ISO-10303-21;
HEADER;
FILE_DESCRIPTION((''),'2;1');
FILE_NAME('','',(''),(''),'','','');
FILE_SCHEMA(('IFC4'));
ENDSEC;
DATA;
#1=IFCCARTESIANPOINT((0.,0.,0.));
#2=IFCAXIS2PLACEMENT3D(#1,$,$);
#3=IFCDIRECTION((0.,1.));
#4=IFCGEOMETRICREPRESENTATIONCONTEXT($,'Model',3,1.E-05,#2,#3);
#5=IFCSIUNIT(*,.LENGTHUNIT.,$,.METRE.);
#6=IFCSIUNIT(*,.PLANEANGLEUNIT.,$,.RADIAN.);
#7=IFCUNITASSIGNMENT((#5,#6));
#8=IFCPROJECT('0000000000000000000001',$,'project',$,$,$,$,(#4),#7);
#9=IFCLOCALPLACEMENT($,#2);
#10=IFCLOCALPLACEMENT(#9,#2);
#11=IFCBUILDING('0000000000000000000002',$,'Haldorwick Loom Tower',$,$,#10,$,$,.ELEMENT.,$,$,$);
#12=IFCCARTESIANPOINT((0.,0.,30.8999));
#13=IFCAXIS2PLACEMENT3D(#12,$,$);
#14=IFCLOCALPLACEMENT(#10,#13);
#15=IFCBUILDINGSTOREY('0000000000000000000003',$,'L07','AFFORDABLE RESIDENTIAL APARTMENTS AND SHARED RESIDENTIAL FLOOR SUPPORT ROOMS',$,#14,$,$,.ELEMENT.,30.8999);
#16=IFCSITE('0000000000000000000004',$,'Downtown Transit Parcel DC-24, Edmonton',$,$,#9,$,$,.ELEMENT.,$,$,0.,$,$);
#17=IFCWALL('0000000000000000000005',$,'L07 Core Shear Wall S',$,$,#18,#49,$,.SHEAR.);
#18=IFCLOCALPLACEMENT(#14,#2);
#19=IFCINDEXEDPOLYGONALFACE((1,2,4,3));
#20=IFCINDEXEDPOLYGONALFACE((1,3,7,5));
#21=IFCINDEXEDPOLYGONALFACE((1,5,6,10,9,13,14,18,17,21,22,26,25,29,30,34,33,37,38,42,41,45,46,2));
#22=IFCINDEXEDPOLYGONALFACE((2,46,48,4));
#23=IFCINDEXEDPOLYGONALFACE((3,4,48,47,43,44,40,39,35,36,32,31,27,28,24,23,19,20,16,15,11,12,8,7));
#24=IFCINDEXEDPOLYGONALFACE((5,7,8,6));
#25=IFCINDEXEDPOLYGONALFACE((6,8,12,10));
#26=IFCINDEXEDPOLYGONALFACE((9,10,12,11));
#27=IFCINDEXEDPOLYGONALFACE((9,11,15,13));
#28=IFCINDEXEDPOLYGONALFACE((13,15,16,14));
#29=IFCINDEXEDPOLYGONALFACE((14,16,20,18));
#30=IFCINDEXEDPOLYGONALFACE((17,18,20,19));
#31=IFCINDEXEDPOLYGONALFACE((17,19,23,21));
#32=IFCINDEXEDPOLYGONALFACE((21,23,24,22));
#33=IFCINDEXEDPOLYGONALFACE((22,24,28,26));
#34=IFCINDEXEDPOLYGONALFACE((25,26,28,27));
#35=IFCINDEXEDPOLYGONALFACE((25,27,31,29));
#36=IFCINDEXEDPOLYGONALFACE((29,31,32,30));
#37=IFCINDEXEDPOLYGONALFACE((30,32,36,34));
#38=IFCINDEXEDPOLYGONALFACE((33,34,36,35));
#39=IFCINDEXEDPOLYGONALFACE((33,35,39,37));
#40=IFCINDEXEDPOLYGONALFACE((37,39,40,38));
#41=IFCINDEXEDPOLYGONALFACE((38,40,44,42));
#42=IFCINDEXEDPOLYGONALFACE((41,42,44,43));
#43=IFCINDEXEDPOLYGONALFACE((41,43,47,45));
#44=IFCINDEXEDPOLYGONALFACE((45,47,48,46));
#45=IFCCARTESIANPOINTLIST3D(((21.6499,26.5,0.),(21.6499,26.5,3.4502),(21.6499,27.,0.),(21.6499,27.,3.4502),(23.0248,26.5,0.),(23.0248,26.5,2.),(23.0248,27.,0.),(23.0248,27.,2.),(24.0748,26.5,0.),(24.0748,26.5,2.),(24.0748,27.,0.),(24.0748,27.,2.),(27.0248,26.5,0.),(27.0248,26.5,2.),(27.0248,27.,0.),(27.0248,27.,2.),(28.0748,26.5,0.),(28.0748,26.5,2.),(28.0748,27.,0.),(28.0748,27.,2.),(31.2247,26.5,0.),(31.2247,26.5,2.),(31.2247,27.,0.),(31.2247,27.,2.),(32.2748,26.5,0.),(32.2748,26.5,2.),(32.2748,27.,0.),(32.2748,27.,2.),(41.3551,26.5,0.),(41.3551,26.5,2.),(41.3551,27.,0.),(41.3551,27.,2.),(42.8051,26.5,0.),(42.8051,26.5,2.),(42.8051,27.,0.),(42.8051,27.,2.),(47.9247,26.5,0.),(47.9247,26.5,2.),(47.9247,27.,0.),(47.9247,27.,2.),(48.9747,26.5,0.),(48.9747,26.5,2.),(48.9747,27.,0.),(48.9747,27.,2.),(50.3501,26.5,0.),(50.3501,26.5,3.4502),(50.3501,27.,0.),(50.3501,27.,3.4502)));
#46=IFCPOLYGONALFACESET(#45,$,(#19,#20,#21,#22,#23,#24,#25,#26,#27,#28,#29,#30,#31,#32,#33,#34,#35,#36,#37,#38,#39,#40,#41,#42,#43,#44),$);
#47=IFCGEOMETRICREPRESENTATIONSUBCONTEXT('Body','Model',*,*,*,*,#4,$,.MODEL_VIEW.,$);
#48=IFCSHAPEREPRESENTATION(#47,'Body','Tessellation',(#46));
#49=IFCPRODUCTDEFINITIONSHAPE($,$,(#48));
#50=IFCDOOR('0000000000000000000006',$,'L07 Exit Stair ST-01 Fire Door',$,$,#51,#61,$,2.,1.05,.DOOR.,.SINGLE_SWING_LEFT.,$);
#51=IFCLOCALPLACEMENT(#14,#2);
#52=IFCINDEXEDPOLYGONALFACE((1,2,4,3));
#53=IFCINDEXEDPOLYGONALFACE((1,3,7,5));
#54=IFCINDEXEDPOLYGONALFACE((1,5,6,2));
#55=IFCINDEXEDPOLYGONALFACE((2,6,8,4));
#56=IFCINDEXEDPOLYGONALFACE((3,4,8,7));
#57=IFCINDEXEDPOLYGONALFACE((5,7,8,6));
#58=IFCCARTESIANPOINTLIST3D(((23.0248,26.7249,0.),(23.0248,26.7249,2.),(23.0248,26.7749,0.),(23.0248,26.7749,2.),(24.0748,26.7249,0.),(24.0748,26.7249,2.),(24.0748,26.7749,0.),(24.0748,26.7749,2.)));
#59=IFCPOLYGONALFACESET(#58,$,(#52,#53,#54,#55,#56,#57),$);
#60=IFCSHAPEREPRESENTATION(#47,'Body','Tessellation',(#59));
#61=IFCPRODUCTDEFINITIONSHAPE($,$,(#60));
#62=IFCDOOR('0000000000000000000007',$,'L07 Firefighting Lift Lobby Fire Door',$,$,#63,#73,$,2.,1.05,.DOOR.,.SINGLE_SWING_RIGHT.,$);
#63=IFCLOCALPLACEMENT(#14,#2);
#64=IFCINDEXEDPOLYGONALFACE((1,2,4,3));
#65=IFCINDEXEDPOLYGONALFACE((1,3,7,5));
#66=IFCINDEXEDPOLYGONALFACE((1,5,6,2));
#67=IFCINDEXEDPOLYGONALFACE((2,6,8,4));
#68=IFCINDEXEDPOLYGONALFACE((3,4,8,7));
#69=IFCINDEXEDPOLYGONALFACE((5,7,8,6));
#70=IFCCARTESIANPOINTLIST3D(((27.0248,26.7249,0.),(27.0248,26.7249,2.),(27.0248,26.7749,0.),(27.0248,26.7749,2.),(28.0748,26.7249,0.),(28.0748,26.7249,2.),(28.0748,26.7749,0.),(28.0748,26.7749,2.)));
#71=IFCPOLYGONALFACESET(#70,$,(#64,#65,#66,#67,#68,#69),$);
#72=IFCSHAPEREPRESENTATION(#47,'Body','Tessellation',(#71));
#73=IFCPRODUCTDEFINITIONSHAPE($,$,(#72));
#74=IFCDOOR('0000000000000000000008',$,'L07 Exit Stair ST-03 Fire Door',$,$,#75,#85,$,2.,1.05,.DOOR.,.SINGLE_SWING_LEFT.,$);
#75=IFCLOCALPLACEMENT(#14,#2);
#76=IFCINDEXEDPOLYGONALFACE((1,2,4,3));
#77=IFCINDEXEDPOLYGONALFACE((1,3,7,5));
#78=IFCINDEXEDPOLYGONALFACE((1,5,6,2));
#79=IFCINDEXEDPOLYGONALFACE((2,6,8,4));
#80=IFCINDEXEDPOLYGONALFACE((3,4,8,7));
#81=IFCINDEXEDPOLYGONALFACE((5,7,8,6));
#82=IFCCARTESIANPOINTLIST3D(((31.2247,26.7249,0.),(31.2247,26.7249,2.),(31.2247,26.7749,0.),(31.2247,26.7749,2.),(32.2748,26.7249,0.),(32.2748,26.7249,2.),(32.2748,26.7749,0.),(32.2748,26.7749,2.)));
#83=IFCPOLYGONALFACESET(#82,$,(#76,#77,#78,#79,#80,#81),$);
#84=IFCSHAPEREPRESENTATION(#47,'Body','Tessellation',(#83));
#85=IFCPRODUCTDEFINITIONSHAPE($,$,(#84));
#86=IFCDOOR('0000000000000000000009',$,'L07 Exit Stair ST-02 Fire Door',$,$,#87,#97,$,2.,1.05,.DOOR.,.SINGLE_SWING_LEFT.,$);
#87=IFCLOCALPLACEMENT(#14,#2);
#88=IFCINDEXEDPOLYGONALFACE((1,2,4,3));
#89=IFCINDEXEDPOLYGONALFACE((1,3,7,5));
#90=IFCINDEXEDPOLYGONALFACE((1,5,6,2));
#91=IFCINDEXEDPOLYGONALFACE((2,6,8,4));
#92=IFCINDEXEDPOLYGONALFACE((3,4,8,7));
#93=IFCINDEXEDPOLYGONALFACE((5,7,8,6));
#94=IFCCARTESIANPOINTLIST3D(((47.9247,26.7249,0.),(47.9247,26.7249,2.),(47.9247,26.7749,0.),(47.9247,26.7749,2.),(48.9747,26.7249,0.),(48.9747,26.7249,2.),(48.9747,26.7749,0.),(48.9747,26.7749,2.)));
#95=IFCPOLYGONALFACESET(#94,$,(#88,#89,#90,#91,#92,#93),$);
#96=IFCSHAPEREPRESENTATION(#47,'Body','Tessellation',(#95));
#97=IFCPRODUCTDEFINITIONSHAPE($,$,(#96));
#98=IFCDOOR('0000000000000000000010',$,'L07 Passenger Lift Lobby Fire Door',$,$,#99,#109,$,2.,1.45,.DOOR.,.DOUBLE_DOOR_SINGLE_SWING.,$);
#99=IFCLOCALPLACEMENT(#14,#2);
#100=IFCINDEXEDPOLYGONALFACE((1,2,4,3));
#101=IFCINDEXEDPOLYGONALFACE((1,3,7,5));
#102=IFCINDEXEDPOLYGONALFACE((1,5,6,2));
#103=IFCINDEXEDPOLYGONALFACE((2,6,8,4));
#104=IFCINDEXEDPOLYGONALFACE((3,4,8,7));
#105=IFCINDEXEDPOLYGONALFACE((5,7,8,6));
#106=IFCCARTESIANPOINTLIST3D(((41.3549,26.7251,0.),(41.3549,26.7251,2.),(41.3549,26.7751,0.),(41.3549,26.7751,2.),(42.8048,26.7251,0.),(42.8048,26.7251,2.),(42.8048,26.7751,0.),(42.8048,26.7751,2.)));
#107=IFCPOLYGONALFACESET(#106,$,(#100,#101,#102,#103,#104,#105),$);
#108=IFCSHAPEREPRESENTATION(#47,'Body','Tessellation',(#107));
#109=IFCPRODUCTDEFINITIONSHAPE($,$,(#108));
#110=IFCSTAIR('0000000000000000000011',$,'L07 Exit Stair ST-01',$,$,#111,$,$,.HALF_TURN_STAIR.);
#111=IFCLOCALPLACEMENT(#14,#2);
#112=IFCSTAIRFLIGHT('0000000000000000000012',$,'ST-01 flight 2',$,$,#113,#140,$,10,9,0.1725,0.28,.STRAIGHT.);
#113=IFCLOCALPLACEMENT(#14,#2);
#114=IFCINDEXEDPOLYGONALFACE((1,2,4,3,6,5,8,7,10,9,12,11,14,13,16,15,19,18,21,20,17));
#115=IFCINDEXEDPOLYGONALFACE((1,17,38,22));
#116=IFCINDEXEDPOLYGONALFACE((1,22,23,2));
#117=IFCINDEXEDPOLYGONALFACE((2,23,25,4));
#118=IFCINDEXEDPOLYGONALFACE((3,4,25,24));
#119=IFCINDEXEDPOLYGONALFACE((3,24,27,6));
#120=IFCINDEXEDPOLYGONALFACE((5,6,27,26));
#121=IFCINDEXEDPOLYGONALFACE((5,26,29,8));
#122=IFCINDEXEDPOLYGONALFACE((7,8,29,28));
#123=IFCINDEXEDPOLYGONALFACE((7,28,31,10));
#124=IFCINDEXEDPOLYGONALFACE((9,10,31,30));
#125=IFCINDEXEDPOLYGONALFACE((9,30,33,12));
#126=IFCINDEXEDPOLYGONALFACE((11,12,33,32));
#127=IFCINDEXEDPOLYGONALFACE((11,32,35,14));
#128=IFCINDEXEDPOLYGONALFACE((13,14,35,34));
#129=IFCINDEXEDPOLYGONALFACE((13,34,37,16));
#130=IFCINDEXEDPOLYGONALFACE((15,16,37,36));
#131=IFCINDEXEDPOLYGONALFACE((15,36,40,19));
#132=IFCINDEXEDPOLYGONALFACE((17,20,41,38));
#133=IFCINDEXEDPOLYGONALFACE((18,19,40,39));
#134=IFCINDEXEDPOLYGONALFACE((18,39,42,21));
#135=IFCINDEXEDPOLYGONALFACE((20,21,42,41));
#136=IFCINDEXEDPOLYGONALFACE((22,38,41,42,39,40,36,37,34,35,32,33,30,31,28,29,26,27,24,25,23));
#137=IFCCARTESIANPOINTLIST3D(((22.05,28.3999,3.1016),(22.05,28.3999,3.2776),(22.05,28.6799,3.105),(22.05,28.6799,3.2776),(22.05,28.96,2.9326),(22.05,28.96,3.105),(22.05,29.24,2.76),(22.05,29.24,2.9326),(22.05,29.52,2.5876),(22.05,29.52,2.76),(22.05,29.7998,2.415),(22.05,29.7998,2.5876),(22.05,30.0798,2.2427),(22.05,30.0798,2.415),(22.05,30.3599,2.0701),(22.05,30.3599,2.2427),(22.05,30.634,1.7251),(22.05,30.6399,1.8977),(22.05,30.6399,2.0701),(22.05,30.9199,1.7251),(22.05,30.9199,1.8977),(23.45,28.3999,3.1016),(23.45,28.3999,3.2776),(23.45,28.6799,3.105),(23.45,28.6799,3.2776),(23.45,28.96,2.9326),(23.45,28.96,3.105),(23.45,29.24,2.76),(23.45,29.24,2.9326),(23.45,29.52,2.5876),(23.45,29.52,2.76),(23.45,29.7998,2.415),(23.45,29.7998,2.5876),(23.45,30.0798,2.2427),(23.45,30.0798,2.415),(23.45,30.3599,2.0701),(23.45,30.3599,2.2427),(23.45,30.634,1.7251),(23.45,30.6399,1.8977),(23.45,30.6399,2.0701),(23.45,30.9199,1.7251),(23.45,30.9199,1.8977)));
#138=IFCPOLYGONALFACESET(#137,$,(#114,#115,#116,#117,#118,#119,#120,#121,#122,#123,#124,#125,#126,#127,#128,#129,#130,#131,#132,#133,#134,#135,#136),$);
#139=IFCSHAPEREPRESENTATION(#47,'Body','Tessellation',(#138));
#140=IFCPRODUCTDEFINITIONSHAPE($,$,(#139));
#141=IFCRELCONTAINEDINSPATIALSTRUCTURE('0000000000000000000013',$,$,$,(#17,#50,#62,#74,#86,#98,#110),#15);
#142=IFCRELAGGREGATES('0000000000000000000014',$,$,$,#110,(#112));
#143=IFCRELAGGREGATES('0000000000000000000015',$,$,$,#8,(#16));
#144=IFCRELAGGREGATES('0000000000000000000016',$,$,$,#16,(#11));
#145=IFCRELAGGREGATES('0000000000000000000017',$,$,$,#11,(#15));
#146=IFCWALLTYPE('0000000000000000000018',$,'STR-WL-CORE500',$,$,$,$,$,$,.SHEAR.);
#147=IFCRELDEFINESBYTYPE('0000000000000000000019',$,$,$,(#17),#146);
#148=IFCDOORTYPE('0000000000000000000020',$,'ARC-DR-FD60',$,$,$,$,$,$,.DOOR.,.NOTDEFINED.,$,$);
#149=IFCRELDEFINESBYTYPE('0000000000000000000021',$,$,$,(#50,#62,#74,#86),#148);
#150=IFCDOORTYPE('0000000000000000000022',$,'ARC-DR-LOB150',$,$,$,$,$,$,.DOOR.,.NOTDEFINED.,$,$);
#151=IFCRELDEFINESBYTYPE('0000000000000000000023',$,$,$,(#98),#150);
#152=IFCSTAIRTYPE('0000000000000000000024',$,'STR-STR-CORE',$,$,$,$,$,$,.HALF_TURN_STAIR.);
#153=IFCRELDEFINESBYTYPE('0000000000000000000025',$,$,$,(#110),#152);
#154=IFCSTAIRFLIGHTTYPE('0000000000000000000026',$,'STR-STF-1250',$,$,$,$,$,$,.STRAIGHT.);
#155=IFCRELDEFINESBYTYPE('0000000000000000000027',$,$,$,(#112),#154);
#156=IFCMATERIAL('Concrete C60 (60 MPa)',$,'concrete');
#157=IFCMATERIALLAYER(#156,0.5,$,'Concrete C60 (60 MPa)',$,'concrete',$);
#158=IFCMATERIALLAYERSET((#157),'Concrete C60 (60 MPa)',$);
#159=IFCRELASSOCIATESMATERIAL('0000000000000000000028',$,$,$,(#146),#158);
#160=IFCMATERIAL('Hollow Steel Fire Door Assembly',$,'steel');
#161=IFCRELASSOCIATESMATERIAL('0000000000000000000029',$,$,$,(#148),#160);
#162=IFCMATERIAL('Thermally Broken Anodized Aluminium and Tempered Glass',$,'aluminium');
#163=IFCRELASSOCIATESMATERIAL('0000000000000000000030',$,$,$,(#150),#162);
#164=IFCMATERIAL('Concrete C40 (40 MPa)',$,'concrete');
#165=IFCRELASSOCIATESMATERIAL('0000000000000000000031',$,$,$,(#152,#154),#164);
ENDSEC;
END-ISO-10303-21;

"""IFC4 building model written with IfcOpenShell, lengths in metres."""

from ifc_helpers import new_model, si_unit, direction, frame, frame_2d, origin, place, context, subcontext, project, spatial, polyline, rectangle, outline, extrude, material, layer, layer_set, type_object, element, fill, aggregate, save


model = new_model("IFC4")

# Units and contexts
model_context = context("Model", 3, precision=1e-05, world=origin(), true_north=direction((0.0, 1.0)))
body_context = subcontext(model_context, "Body", "Model", "MODEL_VIEW")
ifc_project = project(units=[si_unit("LENGTHUNIT", "METRE"), si_unit("PLANEANGLEUNIT", "RADIAN")], contexts=[model_context])

# Site, building, storey
site_placement = place(None, origin())
site = spatial("IfcSite", under=ifc_project, at=site_placement, Name="Downtown Transit Parcel DC-24, Edmonton", CompositionType="ELEMENT", RefElevation=0.0)
building_placement = place(site_placement, origin())
building = spatial("IfcBuilding", under=site, at=building_placement, Name="Haldorwick Loom Tower", CompositionType="ELEMENT")
storey_placement = place(building_placement, frame((0.0, 0.0, 30.8999)))
storey = spatial("IfcBuildingStorey", under=building, at=storey_placement, Name="L07", Description="AFFORDABLE RESIDENTIAL APARTMENTS AND SHARED RESIDENTIAL FLOOR SUPPORT ROOMS", CompositionType="ELEMENT", Elevation=30.8999)

# Shared definitions
ifc_material_1 = material(Name="Concrete C60 (60 MPa)", Category="concrete")

# Wall, openings, doors
ifc_layer = layer(ifc_material_1, 0.5, Name="Concrete C60 (60 MPa)", Category="concrete")
ifc_layer_set = layer_set([ifc_layer], Name="Concrete C60 (60 MPa)")
wall_type = type_object("IfcWallType", Name="STR-WL-CORE500", PredefinedType="SHEAR", material=ifc_layer_set)
wall_placement = place(storey_placement, frame((21.6499, 26.75, 0.0), z_axis=(0.0, 0.0, 1.0), x_axis=(1.0, 0.0, 0.0)))
wall = element("IfcWall", 1, at=wall_placement, inside=storey, type_object=wall_type, Name="L07 Core Shear Wall S", PredefinedType="SHEAR", context=body_context, shape_type="SweptSolid", body=[
    extrude(rectangle(XDim=28.7002, YDim=0.5, at=frame_2d((14.3501, 0.0))), origin(), (0.0, 0.0, 1.0), 3.4502),
])
opening_1_placement = place(wall_placement, frame((1.375, 0.0, 0.0)))
opening_1 = element("IfcOpeningElement", 2, at=opening_1_placement, cuts=wall, PredefinedType="OPENING", context=body_context, shape_type="SweptSolid", body=[
    extrude(rectangle(XDim=1.05, YDim=2.0, at=frame_2d((0.5249, 1.0))), frame((0.0, 0.26, 0.0), z_axis=(0.0, -1.0, 0.0), x_axis=(1.0, 0.0, 0.0)), (0.0, 0.0, 1.0), 0.52),
])
opening_2_placement = place(wall_placement, frame((5.375, 0.0, 0.0)))
opening_2 = element("IfcOpeningElement", 3, at=opening_2_placement, cuts=wall, PredefinedType="OPENING", context=body_context, shape_type="SweptSolid", body=[
    extrude(rectangle(XDim=1.05, YDim=2.0, at=frame_2d((0.5249, 1.0))), frame((0.0, 0.26, 0.0), z_axis=(0.0, -1.0, 0.0), x_axis=(1.0, 0.0, 0.0)), (0.0, 0.0, 1.0), 0.52),
])
opening_3_placement = place(wall_placement, frame((9.575, 0.0, 0.0)))
opening_3 = element("IfcOpeningElement", 4, at=opening_3_placement, cuts=wall, PredefinedType="OPENING", context=body_context, shape_type="SweptSolid", body=[
    extrude(rectangle(XDim=1.05, YDim=2.0, at=frame_2d((0.5249, 1.0))), frame((0.0, 0.26, 0.0), z_axis=(0.0, -1.0, 0.0), x_axis=(1.0, 0.0, 0.0)), (0.0, 0.0, 1.0), 0.52),
])
opening_4_placement = place(wall_placement, frame((19.7051, 0.0, 0.0)))
opening_4 = element("IfcOpeningElement", 5, at=opening_4_placement, cuts=wall, PredefinedType="OPENING", context=body_context, shape_type="SweptSolid", body=[
    extrude(rectangle(XDim=1.45, YDim=2.0, at=frame_2d((0.7251, 1.0))), frame((0.0, 0.26, 0.0), z_axis=(0.0, -1.0, 0.0), x_axis=(1.0, 0.0, 0.0)), (0.0, 0.0, 1.0), 0.52),
])
opening_5_placement = place(wall_placement, frame((26.2749, 0.0, 0.0)))
opening_5 = element("IfcOpeningElement", 6, at=opening_5_placement, cuts=wall, PredefinedType="OPENING", context=body_context, shape_type="SweptSolid", body=[
    extrude(rectangle(XDim=1.05, YDim=2.0, at=frame_2d((0.5249, 1.0))), frame((0.0, 0.26, 0.0), z_axis=(0.0, -1.0, 0.0), x_axis=(1.0, 0.0, 0.0)), (0.0, 0.0, 1.0), 0.52),
])
ifc_material_2 = material(Name="Hollow Steel Fire Door Assembly", Category="steel")
door_type_1 = type_object("IfcDoorType", Name="ARC-DR-FD60", OperationType="NOTDEFINED", PredefinedType="DOOR", material=ifc_material_2)
door_1_placement = place(opening_1_placement, origin())
door_1 = element("IfcDoor", 7, at=door_1_placement, inside=storey, type_object=door_type_1, Name="L07 Exit Stair ST-01 Fire Door", OperationType="SINGLE_SWING_LEFT", OverallHeight=2.0, OverallWidth=1.05, PredefinedType="DOOR", context=body_context, shape_type="SweptSolid", body=[
    extrude(rectangle(XDim=1.05, YDim=2.0, at=frame_2d((0.5249, 1.0))), frame((0.0, 0.0249, 0.0), z_axis=(0.0, -1.0, 0.0), x_axis=(1.0, 0.0, 0.0)), (0.0, 0.0, 1.0), 0.05),
])
fill(opening_1, door_1)
door_2_placement = place(opening_2_placement, origin())
door_2 = element("IfcDoor", 8, at=door_2_placement, inside=storey, type_object=door_type_1, Name="L07 Firefighting Lift Lobby Fire Door", OperationType="SINGLE_SWING_RIGHT", OverallHeight=2.0, OverallWidth=1.05, PredefinedType="DOOR", context=body_context, shape_type="SweptSolid", body=[
    extrude(rectangle(XDim=1.05, YDim=2.0, at=frame_2d((0.5249, 1.0))), frame((0.0, 0.0249, 0.0), z_axis=(0.0, -1.0, 0.0), x_axis=(1.0, 0.0, 0.0)), (0.0, 0.0, 1.0), 0.05),
])
fill(opening_2, door_2)
door_3_placement = place(opening_3_placement, origin())
door_3 = element("IfcDoor", 9, at=door_3_placement, inside=storey, type_object=door_type_1, Name="L07 Exit Stair ST-03 Fire Door", OperationType="SINGLE_SWING_LEFT", OverallHeight=2.0, OverallWidth=1.05, PredefinedType="DOOR", context=body_context, shape_type="SweptSolid", body=[
    extrude(rectangle(XDim=1.05, YDim=2.0, at=frame_2d((0.5249, 1.0))), frame((0.0, 0.0249, 0.0), z_axis=(0.0, -1.0, 0.0), x_axis=(1.0, 0.0, 0.0)), (0.0, 0.0, 1.0), 0.05),
])
fill(opening_3, door_3)
door_4_placement = place(opening_5_placement, origin())
door_4 = element("IfcDoor", 10, at=door_4_placement, inside=storey, type_object=door_type_1, Name="L07 Exit Stair ST-02 Fire Door", OperationType="SINGLE_SWING_LEFT", OverallHeight=2.0, OverallWidth=1.05, PredefinedType="DOOR", context=body_context, shape_type="SweptSolid", body=[
    extrude(rectangle(XDim=1.05, YDim=2.0, at=frame_2d((0.5249, 1.0))), frame((0.0, 0.0249, 0.0), z_axis=(0.0, -1.0, 0.0), x_axis=(1.0, 0.0, 0.0)), (0.0, 0.0, 1.0), 0.05),
])
fill(opening_5, door_4)
ifc_material_3 = material(Name="Thermally Broken Anodized Aluminium and Tempered Glass", Category="aluminium")
door_type_2 = type_object("IfcDoorType", Name="ARC-DR-LOB150", OperationType="NOTDEFINED", PredefinedType="DOOR", material=ifc_material_3)
door_5_placement = place(opening_4_placement, frame((1.45, 0.0, 0.0), z_axis=(0.0, 0.0, 1.0), x_axis=(-1.0, 0.0, 0.0)))
door_5 = element("IfcDoor", 11, at=door_5_placement, inside=storey, type_object=door_type_2, Name="L07 Passenger Lift Lobby Fire Door", OperationType="DOUBLE_DOOR_SINGLE_SWING", OverallHeight=2.0, OverallWidth=1.45, PredefinedType="DOOR", context=body_context, shape_type="SweptSolid", body=[
    extrude(rectangle(XDim=1.45, YDim=2.0, at=frame_2d((0.7251, 1.0))), frame((0.0, 0.0249, 0.0), z_axis=(0.0, -1.0, 0.0), x_axis=(1.0, 0.0, 0.0)), (0.0, 0.0, 1.0), 0.05),
])
fill(opening_4, door_5)

# Stair, stair flight
ifc_material_4 = material(Name="Concrete C40 (40 MPa)", Category="concrete")
stair_type = type_object("IfcStairType", Name="STR-STR-CORE", PredefinedType="HALF_TURN_STAIR", material=ifc_material_4)
stair_placement = place(storey_placement, origin())
stair = element("IfcStair", 12, at=stair_placement, inside=storey, type_object=stair_type, Name="L07 Exit Stair ST-01", PredefinedType="HALF_TURN_STAIR")
stair_flight_type = type_object("IfcStairFlightType", Name="STR-STF-1250", PredefinedType="STRAIGHT", material=ifc_material_4)
stair_flight_placement = place(storey_placement, frame((22.75, 30.9199, 1.7251), z_axis=(0.0, 0.0, 1.0), x_axis=(0.0, -1.0, 0.0)))
stair_flight = element("IfcStairFlight", 13, at=stair_flight_placement, type_object=stair_flight_type, Name="ST-01 flight 2", NumberOfRisers=10, NumberOfTreads=9, PredefinedType="STRAIGHT", RiserHeight=0.1725, TreadLength=0.28, context=body_context, shape_type="SweptSolid", body=[
    extrude(outline(polyline([(0.0, 0.0), (0.0, 0.1726), (0.28, 0.1726), (0.28, 0.345), (0.5601, 0.345), (0.5601, 0.5176), (0.8401, 0.5176), (0.8401, 0.6899), (1.1201, 0.6899), (1.1201, 0.8625), (1.3999, 0.8625), (1.3999, 1.0349), (1.6799, 1.0349), (1.6799, 1.2075), (1.96, 1.2075), (1.96, 1.3799), (2.24, 1.3799), (2.24, 1.5525), (2.52, 1.5525), (2.52, 1.7251), (2.52, 1.3765), (0.2859, 0.0), (0.0, 0.0)])), frame((0.0, 0.7, 0.0), z_axis=(0.0, -1.0, 0.0), x_axis=(1.0, 0.0, 0.0)), (0.0, 0.0, 1.0), 1.3999),
])
aggregate(stair, [stair_flight])

save(model, "model.ifc")
